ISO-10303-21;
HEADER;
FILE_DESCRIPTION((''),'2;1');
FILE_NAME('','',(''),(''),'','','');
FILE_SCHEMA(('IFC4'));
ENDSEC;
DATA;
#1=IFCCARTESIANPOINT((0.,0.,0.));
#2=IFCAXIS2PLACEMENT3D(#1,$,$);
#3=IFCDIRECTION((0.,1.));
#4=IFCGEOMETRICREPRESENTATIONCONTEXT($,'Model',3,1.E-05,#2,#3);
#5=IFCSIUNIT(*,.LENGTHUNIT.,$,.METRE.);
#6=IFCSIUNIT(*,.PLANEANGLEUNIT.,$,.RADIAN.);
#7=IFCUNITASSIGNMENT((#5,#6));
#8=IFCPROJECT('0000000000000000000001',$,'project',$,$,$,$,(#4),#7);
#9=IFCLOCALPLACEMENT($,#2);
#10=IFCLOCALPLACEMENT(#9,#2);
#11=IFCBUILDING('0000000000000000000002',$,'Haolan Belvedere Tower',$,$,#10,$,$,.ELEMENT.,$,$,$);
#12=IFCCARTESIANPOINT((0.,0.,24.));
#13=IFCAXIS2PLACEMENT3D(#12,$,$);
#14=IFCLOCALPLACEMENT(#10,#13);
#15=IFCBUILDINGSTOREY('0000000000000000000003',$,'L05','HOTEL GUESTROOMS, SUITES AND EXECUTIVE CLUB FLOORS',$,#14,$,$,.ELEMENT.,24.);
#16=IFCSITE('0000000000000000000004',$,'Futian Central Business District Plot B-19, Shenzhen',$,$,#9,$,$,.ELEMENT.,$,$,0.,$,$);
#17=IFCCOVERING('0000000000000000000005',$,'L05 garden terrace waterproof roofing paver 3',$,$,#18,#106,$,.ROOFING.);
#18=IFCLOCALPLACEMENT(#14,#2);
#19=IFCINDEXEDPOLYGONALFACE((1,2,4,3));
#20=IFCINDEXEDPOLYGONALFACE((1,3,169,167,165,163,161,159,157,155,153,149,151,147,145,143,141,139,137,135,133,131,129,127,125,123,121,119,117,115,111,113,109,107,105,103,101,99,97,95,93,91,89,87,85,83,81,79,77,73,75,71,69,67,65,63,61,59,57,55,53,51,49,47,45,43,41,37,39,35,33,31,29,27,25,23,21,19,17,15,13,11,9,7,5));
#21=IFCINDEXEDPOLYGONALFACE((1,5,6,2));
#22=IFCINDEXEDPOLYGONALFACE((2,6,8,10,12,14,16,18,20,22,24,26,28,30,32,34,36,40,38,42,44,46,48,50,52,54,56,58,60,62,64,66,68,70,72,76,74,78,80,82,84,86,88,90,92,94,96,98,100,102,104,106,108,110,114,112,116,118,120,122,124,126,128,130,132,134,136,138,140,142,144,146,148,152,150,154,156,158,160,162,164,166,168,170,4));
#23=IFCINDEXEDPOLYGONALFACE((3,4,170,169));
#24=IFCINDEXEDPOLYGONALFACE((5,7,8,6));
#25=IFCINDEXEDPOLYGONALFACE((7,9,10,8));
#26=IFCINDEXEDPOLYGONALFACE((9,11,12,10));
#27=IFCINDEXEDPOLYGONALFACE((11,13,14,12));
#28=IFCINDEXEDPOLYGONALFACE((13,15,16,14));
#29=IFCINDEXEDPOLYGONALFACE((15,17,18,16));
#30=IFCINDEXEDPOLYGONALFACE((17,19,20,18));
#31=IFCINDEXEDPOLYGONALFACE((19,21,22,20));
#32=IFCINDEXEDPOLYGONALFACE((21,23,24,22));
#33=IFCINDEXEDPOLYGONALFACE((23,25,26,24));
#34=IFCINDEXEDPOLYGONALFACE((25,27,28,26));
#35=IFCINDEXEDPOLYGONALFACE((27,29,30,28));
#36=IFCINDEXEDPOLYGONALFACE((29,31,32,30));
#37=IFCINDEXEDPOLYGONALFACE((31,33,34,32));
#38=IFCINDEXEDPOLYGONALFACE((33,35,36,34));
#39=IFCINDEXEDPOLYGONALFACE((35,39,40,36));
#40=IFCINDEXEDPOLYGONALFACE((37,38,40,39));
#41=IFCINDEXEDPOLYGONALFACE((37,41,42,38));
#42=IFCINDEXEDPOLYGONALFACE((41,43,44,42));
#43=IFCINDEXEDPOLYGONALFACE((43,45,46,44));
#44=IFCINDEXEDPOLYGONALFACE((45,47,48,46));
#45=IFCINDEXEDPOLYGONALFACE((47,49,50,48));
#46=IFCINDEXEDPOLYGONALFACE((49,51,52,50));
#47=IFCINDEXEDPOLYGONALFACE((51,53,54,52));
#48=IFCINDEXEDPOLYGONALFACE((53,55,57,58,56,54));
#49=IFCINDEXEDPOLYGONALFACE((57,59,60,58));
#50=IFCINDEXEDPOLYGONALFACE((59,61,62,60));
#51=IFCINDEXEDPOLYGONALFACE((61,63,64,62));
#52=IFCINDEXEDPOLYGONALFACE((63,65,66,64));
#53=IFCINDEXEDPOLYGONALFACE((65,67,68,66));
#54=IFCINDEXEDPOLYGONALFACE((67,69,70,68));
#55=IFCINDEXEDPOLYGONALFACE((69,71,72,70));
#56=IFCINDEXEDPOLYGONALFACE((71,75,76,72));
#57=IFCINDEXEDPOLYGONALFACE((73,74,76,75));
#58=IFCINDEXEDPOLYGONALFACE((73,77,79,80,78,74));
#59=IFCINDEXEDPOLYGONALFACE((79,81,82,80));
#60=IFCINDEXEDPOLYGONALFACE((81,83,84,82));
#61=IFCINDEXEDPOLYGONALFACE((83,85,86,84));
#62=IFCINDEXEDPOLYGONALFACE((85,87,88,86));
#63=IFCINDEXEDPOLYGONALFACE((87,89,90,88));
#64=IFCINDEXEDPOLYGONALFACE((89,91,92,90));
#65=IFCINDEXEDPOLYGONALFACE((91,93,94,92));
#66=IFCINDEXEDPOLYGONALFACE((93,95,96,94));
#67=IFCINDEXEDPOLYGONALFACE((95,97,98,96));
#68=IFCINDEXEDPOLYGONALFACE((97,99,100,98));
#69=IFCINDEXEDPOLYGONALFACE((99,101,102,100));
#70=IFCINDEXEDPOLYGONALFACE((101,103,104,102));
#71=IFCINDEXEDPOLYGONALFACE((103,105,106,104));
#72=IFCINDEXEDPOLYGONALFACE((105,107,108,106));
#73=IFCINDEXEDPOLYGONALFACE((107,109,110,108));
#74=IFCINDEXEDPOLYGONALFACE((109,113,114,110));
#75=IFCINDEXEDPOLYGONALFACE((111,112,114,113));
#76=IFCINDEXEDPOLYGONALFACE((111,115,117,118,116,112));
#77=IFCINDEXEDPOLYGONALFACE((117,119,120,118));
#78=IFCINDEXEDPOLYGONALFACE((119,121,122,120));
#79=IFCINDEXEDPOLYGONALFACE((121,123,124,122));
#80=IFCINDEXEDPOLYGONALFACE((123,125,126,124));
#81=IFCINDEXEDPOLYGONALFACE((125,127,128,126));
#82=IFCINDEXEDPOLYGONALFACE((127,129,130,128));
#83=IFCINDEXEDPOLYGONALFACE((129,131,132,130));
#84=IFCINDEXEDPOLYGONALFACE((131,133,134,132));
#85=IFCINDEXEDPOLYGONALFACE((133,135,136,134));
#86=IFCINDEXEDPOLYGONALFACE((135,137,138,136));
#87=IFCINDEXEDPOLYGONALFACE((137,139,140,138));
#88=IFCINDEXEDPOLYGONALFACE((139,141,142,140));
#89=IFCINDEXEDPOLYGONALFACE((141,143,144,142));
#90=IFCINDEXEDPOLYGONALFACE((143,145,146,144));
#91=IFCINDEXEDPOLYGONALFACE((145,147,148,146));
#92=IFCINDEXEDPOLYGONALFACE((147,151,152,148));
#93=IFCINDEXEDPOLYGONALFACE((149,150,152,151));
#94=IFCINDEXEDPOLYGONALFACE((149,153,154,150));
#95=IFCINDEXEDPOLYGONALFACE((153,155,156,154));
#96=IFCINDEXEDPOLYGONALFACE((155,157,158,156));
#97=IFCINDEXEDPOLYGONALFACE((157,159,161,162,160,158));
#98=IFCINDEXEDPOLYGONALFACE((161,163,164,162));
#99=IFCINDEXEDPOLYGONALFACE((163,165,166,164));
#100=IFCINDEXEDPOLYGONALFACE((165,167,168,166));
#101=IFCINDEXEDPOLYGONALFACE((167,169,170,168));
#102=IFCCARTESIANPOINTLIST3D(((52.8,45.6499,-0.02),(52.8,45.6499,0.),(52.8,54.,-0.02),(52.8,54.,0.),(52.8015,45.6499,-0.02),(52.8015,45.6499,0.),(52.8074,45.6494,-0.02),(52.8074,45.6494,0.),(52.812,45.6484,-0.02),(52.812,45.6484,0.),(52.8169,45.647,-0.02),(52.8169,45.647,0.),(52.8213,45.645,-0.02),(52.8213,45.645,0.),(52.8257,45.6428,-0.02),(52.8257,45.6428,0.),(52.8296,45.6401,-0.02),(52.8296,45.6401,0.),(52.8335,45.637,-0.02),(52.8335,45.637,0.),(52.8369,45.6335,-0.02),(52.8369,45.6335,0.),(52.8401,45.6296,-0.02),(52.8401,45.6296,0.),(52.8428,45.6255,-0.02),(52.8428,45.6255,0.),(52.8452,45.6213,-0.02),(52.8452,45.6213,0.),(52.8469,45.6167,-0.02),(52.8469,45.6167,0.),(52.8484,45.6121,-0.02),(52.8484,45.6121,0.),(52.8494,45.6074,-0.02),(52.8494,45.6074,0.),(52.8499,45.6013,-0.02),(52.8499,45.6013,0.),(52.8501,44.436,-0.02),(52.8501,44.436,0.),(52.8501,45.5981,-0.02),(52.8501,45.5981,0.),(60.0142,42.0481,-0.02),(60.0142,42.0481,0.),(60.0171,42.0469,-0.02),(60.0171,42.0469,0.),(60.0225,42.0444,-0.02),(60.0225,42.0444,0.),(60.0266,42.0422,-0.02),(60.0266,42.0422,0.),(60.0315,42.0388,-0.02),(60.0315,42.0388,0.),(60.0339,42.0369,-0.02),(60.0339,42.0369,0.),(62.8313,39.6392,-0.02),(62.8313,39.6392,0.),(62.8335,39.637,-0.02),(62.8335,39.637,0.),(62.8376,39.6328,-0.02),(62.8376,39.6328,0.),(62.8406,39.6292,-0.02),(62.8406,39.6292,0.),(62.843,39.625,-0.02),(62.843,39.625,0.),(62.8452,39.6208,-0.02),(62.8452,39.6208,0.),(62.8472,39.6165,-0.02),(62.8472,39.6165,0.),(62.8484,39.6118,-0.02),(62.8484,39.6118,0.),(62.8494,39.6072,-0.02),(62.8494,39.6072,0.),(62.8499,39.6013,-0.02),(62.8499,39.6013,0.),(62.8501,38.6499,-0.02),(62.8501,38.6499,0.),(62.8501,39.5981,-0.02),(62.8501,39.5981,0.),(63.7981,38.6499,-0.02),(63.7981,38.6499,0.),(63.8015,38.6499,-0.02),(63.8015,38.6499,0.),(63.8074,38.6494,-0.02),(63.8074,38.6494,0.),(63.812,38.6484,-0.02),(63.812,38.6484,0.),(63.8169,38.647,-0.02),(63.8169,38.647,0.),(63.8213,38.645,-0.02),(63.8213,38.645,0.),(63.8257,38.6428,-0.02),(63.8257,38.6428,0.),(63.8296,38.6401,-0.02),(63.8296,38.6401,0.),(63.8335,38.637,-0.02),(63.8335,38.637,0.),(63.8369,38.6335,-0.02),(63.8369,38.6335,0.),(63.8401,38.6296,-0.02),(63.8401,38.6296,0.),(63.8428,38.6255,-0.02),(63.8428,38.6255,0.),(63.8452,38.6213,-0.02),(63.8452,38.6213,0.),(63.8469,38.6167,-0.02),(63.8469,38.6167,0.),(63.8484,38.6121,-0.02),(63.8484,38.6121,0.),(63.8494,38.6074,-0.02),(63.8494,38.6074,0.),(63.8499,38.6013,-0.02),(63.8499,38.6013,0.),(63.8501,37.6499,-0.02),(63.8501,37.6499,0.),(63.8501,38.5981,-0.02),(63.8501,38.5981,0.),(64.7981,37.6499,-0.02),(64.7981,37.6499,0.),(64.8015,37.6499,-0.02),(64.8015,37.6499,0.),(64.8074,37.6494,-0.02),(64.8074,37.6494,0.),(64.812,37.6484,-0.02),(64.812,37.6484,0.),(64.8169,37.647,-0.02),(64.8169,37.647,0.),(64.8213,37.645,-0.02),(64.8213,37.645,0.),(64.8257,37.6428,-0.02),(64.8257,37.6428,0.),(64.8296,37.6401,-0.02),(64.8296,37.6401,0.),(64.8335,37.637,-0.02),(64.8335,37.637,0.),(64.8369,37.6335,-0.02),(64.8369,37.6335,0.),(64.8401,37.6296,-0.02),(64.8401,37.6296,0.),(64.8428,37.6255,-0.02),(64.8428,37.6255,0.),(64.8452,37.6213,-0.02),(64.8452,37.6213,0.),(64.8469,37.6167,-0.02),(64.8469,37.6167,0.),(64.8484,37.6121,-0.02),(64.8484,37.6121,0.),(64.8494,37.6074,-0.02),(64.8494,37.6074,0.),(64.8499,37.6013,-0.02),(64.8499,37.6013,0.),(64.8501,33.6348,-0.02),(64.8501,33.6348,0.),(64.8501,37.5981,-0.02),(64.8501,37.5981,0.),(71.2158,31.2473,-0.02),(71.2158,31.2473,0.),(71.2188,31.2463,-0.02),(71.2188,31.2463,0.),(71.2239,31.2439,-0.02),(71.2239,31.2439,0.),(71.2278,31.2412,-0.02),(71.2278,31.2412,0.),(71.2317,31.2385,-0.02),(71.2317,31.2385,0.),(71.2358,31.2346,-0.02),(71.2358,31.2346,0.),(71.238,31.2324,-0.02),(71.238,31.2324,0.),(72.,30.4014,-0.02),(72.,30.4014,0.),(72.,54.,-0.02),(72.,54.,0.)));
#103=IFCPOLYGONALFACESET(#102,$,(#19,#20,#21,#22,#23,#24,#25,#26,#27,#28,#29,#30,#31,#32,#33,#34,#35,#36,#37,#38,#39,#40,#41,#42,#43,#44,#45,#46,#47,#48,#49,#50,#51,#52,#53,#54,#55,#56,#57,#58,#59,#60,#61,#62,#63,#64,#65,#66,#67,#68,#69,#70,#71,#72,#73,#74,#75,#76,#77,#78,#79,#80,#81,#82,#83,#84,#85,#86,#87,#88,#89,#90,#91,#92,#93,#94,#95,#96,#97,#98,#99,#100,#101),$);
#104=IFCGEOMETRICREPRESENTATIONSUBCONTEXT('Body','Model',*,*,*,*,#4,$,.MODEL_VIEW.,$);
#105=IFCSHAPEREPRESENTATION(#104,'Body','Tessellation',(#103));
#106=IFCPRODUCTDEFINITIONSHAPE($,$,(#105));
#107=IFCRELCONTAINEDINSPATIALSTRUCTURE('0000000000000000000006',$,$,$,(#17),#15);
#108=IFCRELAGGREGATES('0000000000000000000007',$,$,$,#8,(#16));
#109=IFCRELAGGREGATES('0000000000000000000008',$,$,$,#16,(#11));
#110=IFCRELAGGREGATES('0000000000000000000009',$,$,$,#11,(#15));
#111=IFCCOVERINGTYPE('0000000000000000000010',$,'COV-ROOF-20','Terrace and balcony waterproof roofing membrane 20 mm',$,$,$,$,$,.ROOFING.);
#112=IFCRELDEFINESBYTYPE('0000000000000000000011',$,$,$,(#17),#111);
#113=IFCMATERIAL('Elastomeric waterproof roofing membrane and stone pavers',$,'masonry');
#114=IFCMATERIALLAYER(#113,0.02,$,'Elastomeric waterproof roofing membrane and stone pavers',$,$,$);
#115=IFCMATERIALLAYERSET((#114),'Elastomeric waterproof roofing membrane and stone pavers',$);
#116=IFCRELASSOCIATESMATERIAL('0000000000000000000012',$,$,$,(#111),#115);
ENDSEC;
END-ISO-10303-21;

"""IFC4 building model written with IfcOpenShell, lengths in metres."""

from ifc_helpers import new_model, si_unit, direction, frame, origin, place, context, subcontext, project, spatial, polyline, outline, extrude, material, layer, layer_set, type_object, element, save


model = new_model("IFC4")

# Units and contexts
model_context = context("Model", 3, precision=1e-05, world=origin(), true_north=direction((0.0, 1.0)))
body_context = subcontext(model_context, "Body", "Model", "MODEL_VIEW")
ifc_project = project(units=[si_unit("LENGTHUNIT", "METRE"), si_unit("PLANEANGLEUNIT", "RADIAN")], contexts=[model_context])

# Site, building, storey
site_placement = place(None, origin())
site = spatial("IfcSite", under=ifc_project, at=site_placement, Name="Futian Central Business District Plot B-19, Shenzhen", CompositionType="ELEMENT", RefElevation=0.0)
building_placement = place(site_placement, origin())
building = spatial("IfcBuilding", under=site, at=building_placement, Name="Haolan Belvedere Tower", CompositionType="ELEMENT")
storey_placement = place(building_placement, frame((0.0, 0.0, 24.0)))
storey = spatial("IfcBuildingStorey", under=building, at=storey_placement, Name="L05", Description="HOTEL GUESTROOMS, SUITES AND EXECUTIVE CLUB FLOORS", CompositionType="ELEMENT", Elevation=24.0)

# Covering
ifc_material_1 = material(Name="Elastomeric waterproof roofing membrane and stone pavers", Category="masonry")
ifc_layer_1 = layer(ifc_material_1, 0.02, Name="Elastomeric waterproof roofing membrane and stone pavers")
ifc_layer_set_1 = layer_set([ifc_layer_1], Name="Elastomeric waterproof roofing membrane and stone pavers")
covering_type_1 = type_object("IfcCoveringType", Name="COV-ROOF-20", Description="Terrace and balcony waterproof roofing membrane 20 mm", PredefinedType="ROOFING", material=ifc_layer_set_1)
covering_1_placement = place(storey_placement, frame((0.0, 0.0, -0.02)))
element("IfcCovering", 1, at=covering_1_placement, inside=storey, type_object=covering_type_1, Name="L05 garden terrace waterproof roofing paver 3", PredefinedType="ROOFING", context=body_context, shape_type="SweptSolid", body=[
    extrude(outline(polyline([(52.8, 54.0), (52.8, 45.6499), (52.8015, 45.6499), (52.8074, 45.6494), (52.812, 45.6484), (52.8169, 45.647), (52.8213, 45.645), (52.8257, 45.6428), (52.8296, 45.6401), (52.8335, 45.637), (52.8369, 45.6335), (52.8401, 45.6296), (52.8428, 45.6255), (52.8452, 45.6213), (52.8469, 45.6167), (52.8484, 45.6121), (52.8494, 45.6074), (52.8499, 45.6013), (52.8501, 45.5981), (52.8501, 44.436), (60.0142, 42.0481), (60.0171, 42.0469), (60.0225, 42.0444), (60.0266, 42.0422), (60.0315, 42.0388), (60.0339, 42.0369), (62.8313, 39.6392), (62.8335, 39.637), (62.8376, 39.6328), (62.8406, 39.6292), (62.843, 39.625), (62.8452, 39.6208), (62.8472, 39.6165), (62.8484, 39.6118), (62.8494, 39.6072), (62.8499, 39.6013), (62.8501, 39.5981), (62.8501, 38.6499), (63.7981, 38.6499), (63.8015, 38.6499), (63.8074, 38.6494), (63.812, 38.6484), (63.8169, 38.647), (63.8213, 38.645), (63.8257, 38.6428), (63.8296, 38.6401), (63.8335, 38.637), (63.8369, 38.6335), (63.8401, 38.6296), (63.8428, 38.6255), (63.8452, 38.6213), (63.8469, 38.6167), (63.8484, 38.6121), (63.8494, 38.6074), (63.8499, 38.6013), (63.8501, 38.5981), (63.8501, 37.6499), (64.7981, 37.6499), (64.8015, 37.6499), (64.8074, 37.6494), (64.812, 37.6484), (64.8169, 37.647), (64.8213, 37.645), (64.8257, 37.6428), (64.8296, 37.6401), (64.8335, 37.637), (64.8369, 37.6335), (64.8401, 37.6296), (64.8428, 37.6255), (64.8452, 37.6213), (64.8469, 37.6167), (64.8484, 37.6121), (64.8494, 37.6074), (64.8499, 37.6013), (64.8501, 37.5981), (64.8501, 33.6348), (71.2158, 31.2473), (71.2188, 31.2463), (71.2239, 31.2439), (71.2278, 31.2412), (71.2317, 31.2385), (71.2358, 31.2346), (71.238, 31.2324), (72.0, 30.4014), (72.0, 54.0), (52.8, 54.0)])), origin(), (0.0, 0.0, 1.0), 0.02),
])

save(model, "model.ifc")
